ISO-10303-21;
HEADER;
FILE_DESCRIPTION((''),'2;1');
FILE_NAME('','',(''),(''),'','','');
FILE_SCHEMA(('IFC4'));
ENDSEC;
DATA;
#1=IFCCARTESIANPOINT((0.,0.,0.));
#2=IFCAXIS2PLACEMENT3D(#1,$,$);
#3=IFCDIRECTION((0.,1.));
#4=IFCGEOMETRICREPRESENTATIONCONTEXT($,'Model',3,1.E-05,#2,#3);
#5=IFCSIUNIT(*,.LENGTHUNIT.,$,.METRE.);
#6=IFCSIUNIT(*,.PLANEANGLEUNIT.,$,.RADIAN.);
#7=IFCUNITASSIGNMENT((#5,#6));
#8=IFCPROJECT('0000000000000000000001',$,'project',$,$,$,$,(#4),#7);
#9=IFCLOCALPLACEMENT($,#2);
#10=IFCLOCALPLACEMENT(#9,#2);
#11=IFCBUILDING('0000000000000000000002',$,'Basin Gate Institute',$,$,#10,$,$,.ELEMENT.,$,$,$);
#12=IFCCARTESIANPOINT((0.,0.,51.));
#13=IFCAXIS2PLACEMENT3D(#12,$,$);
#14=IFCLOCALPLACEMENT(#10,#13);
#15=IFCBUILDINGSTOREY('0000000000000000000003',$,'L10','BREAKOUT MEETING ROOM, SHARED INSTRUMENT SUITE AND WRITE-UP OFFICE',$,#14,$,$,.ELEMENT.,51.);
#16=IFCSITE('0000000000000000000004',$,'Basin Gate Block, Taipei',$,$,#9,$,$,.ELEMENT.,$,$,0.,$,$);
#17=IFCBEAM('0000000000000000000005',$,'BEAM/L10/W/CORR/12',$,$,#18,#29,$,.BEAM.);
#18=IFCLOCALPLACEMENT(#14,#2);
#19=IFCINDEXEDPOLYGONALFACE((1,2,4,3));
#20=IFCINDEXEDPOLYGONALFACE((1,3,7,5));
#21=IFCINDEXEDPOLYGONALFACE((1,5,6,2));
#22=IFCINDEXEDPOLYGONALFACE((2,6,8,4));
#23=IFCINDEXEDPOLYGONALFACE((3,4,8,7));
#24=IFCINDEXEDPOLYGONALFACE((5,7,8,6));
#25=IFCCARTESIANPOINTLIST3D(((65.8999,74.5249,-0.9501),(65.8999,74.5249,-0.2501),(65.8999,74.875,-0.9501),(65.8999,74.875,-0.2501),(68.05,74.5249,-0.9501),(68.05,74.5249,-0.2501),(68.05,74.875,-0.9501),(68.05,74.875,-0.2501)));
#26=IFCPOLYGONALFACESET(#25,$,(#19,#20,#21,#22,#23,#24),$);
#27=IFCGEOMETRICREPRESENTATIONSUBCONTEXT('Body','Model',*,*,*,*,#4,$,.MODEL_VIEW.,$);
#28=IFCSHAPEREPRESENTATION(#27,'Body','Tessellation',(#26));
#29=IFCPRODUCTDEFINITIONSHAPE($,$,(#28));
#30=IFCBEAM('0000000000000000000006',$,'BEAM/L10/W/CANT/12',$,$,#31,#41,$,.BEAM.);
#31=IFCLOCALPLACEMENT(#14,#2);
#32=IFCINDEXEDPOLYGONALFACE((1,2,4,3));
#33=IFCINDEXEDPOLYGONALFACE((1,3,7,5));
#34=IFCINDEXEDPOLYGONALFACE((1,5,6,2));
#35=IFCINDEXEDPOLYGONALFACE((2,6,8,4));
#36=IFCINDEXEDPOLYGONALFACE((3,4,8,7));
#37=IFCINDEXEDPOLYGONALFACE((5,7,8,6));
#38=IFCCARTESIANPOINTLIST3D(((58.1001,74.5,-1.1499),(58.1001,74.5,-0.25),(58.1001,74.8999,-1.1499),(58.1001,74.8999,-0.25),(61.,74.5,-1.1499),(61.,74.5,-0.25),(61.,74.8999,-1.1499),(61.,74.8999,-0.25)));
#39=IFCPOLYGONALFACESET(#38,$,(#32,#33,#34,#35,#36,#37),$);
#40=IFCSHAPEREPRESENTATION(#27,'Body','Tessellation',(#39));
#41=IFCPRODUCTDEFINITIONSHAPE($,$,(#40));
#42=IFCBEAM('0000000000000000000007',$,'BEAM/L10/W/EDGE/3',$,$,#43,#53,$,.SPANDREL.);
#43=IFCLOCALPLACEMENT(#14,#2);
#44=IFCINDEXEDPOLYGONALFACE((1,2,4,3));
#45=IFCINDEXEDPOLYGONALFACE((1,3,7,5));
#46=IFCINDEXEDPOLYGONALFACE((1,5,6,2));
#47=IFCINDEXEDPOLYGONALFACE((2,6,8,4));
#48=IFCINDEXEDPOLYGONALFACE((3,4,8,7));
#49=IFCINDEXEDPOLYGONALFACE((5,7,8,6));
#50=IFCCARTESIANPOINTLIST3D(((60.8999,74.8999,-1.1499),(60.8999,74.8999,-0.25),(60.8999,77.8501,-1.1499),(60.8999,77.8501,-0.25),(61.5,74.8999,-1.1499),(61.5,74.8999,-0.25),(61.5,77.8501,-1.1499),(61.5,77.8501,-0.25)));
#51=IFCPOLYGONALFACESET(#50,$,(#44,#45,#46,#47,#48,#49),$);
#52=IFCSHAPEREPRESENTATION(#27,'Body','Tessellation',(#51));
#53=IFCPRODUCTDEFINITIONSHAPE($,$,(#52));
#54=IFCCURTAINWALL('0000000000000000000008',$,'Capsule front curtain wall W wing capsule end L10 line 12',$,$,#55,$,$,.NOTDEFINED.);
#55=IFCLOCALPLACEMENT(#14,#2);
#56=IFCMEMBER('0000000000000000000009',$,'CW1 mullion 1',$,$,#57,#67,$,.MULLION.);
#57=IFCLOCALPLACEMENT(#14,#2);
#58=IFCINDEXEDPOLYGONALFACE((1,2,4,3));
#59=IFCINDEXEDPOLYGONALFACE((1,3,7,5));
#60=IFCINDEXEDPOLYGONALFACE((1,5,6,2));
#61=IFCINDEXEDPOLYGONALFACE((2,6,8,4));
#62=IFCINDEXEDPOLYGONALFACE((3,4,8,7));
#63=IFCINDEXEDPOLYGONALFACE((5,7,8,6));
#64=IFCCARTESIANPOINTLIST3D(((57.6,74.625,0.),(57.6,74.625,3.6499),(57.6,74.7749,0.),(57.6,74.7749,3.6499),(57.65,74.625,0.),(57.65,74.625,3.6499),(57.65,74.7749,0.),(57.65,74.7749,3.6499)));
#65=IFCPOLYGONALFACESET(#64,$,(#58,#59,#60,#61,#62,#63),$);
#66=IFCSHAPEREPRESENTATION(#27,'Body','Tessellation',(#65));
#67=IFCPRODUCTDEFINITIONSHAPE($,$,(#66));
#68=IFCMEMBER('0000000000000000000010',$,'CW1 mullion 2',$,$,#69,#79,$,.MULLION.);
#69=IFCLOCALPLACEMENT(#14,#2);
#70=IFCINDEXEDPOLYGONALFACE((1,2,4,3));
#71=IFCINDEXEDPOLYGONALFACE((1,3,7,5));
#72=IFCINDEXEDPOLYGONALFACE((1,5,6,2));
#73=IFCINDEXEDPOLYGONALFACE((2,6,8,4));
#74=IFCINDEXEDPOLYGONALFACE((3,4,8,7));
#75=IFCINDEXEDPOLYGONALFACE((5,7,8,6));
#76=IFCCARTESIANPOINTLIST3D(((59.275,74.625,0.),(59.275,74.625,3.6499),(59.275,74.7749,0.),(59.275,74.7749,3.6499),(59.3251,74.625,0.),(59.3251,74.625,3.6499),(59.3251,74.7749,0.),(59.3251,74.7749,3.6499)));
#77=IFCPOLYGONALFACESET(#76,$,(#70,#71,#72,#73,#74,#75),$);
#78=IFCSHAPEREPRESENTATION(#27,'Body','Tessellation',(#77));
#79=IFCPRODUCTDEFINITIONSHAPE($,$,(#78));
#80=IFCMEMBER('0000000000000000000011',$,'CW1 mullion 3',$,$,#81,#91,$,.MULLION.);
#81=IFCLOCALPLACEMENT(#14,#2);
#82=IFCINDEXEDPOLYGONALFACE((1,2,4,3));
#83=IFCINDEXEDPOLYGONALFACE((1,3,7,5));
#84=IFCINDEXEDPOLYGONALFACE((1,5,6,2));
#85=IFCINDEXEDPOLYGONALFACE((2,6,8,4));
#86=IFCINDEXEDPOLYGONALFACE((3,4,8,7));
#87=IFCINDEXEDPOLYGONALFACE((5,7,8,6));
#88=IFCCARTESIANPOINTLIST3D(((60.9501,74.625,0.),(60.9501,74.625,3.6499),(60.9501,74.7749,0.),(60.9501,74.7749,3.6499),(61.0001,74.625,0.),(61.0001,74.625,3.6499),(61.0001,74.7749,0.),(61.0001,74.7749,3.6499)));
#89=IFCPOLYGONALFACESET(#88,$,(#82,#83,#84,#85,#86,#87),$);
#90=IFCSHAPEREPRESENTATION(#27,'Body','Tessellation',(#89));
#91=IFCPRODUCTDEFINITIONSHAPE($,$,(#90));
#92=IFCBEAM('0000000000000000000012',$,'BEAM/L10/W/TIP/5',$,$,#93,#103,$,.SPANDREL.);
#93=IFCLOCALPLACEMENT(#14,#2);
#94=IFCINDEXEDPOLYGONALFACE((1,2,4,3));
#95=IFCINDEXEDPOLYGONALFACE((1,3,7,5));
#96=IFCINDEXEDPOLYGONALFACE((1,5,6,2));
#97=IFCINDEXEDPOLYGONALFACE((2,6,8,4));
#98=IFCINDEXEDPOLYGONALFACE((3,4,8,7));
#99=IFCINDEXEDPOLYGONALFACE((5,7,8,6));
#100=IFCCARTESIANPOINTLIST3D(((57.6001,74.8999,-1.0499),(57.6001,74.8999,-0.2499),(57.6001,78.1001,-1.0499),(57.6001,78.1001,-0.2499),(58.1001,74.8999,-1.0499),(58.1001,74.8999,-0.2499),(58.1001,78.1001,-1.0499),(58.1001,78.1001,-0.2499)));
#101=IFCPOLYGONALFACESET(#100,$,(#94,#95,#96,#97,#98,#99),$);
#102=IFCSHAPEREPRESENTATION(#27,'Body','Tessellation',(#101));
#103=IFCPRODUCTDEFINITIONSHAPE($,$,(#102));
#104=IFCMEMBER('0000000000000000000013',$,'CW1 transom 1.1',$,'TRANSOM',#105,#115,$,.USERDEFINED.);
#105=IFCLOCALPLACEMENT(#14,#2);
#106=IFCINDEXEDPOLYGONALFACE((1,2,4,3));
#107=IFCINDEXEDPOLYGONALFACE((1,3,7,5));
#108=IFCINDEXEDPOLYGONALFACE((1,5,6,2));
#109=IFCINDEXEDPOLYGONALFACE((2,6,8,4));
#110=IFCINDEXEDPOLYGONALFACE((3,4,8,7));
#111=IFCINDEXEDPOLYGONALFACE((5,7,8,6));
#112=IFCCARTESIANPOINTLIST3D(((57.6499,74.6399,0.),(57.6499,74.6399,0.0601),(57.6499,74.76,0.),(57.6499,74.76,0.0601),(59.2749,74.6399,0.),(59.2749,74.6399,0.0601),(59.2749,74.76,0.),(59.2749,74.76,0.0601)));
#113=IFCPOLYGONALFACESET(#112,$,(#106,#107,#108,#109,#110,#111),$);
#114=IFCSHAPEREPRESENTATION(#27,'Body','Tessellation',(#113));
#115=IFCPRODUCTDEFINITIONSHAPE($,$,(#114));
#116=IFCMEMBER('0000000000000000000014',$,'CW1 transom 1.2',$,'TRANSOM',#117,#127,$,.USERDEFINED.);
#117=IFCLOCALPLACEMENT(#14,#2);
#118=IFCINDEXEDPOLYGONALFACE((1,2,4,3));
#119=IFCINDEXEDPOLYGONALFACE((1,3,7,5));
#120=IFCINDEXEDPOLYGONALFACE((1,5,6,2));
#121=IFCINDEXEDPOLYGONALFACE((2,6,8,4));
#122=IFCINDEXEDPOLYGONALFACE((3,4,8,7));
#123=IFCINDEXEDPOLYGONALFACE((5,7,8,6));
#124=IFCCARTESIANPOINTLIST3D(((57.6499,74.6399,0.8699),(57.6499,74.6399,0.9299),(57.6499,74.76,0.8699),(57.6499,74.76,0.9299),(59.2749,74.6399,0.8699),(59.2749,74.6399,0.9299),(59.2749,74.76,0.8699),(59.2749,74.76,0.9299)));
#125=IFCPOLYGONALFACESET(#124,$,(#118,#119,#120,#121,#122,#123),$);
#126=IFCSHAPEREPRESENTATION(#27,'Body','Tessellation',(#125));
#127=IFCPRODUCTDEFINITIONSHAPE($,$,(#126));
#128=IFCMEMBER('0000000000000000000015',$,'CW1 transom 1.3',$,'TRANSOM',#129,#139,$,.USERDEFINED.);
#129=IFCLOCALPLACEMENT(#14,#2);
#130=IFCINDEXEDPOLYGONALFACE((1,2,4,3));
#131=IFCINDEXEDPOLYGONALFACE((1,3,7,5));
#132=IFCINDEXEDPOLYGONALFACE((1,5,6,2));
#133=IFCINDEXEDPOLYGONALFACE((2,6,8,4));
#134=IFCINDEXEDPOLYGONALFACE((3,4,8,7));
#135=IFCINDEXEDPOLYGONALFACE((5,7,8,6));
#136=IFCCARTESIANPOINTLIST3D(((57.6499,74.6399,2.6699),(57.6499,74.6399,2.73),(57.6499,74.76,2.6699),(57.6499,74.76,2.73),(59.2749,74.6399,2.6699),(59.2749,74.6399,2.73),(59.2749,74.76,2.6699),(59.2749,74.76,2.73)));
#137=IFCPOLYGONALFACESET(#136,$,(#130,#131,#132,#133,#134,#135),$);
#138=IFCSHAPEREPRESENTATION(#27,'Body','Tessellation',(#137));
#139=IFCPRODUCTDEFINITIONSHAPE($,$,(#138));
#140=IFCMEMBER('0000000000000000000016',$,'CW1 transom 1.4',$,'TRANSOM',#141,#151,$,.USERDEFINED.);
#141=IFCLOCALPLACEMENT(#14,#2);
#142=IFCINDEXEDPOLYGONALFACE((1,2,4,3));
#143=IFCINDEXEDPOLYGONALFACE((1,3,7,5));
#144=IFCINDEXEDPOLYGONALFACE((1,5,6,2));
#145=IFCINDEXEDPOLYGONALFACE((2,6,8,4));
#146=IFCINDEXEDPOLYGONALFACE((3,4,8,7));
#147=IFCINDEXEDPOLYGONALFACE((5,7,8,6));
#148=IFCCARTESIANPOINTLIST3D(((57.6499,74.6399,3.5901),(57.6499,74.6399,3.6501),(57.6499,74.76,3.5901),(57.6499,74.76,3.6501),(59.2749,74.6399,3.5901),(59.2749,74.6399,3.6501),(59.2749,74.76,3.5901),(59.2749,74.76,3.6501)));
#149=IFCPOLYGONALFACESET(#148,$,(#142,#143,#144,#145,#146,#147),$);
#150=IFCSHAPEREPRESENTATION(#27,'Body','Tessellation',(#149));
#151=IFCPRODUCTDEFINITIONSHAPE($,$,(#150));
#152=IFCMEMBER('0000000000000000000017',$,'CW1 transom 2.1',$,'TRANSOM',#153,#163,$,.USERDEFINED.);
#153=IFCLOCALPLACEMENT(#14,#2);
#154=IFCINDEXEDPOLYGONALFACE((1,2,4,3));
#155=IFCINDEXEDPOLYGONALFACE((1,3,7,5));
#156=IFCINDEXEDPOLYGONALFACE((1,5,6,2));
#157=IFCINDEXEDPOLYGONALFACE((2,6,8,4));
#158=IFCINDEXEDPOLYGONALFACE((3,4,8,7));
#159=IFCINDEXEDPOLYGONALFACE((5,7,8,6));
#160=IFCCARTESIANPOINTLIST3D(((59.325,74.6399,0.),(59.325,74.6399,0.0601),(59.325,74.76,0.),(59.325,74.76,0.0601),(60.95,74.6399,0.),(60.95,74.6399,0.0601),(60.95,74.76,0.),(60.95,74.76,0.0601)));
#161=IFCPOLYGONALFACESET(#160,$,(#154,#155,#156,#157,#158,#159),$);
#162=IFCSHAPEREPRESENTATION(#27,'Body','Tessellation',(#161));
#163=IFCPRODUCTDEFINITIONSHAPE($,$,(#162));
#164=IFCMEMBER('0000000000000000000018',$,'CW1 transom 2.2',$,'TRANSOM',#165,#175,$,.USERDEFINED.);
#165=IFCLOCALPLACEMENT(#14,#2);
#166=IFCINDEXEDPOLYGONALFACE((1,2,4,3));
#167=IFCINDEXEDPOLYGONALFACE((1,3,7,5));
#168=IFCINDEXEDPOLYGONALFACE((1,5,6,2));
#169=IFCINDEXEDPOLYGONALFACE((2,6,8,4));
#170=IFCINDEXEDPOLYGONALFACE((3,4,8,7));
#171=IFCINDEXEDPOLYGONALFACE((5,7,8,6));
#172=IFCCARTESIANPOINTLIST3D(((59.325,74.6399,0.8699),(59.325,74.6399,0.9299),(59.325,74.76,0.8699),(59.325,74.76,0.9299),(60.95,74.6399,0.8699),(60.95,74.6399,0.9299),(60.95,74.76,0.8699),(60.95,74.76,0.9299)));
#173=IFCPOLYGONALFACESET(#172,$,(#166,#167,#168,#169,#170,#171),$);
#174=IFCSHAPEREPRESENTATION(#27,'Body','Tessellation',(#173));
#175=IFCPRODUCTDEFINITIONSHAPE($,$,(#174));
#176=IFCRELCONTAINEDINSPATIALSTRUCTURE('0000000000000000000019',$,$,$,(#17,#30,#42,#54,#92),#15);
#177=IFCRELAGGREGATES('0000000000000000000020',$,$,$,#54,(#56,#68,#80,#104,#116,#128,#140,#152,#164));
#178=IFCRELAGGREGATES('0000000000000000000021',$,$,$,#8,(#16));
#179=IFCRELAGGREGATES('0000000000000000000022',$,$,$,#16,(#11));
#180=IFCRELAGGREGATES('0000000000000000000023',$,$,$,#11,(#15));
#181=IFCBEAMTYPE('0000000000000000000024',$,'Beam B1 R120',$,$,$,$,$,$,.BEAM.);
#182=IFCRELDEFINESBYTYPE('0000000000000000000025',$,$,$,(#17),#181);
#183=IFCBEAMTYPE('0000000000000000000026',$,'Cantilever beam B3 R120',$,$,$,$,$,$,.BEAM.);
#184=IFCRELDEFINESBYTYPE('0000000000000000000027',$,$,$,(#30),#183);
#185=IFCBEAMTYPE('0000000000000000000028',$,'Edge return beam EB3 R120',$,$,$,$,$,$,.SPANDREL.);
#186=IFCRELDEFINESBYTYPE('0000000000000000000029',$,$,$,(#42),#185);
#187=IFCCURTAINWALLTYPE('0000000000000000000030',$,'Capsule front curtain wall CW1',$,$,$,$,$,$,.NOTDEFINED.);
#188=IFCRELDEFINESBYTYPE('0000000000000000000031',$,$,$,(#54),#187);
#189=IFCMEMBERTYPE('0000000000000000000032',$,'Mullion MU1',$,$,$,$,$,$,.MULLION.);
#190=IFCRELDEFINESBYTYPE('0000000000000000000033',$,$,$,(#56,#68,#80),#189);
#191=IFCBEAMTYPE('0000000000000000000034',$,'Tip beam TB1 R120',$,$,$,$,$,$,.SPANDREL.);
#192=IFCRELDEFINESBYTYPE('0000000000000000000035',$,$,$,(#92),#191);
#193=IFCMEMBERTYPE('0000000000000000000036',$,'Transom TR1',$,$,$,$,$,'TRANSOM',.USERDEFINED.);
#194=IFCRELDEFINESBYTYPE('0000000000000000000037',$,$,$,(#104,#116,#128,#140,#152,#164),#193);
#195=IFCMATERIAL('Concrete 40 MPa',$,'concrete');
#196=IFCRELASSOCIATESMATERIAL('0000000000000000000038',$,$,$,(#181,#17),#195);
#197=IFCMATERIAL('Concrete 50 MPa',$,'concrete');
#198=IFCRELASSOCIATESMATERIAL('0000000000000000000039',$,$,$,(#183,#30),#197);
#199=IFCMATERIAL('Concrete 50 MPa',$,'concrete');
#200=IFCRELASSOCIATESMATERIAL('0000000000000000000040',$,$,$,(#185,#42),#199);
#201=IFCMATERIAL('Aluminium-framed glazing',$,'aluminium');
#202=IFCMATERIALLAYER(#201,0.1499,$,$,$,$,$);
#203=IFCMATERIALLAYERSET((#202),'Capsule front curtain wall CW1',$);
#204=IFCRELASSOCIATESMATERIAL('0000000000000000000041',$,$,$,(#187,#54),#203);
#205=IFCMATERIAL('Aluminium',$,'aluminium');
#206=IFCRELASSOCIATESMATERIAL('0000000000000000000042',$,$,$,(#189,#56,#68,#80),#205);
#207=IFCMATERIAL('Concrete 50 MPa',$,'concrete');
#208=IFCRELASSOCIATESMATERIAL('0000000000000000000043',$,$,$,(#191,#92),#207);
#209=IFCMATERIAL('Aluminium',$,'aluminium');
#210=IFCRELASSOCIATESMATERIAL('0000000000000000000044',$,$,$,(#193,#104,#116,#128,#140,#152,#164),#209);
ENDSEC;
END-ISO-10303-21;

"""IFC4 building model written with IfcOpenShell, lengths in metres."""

from ifc_helpers import new_model, si_unit, direction, frame, origin, origin_2d, place, context, subcontext, project, spatial, rectangle, extrude, material, layer, layer_set, material_profile, profile_set, type_object, element, aggregate, save


model = new_model("IFC4")

# Units and contexts
model_context = context("Model", 3, precision=1e-05, world=origin(), true_north=direction((0.0, 1.0)))
body_context = subcontext(model_context, "Body", "Model", "MODEL_VIEW")
ifc_project = project(units=[si_unit("LENGTHUNIT", "METRE"), si_unit("PLANEANGLEUNIT", "RADIAN")], contexts=[model_context])

# Site, building, storey
site_placement = place(None, origin())
site = spatial("IfcSite", under=ifc_project, at=site_placement, Name="Basin Gate Block, Taipei", CompositionType="ELEMENT", RefElevation=0.0)
building_placement = place(site_placement, origin())
building = spatial("IfcBuilding", under=site, at=building_placement, Name="Basin Gate Institute", CompositionType="ELEMENT")
storey_placement = place(building_placement, frame((0.0, 0.0, 51.0)))
storey = spatial("IfcBuildingStorey", under=building, at=storey_placement, Name="L10", Description="BREAKOUT MEETING ROOM, SHARED INSTRUMENT SUITE AND WRITE-UP OFFICE", CompositionType="ELEMENT", Elevation=51.0)

# Beams
ifc_material_1 = material(Name="Concrete 40 MPa", Category="concrete")
ifc_material_profile_1 = material_profile(ifc_material_1, rectangle(XDim=0.3501, YDim=0.7, at=origin_2d()), Name="Beam B1 350 x 700")
ifc_profile_set_1 = profile_set([ifc_material_profile_1], Name="Concrete 40 MPa")
beam_type_1 = type_object("IfcBeamType", Name="Beam B1 R120", PredefinedType="BEAM", material=ifc_profile_set_1)
beam_1_placement = place(storey_placement, frame((65.8999, 74.7, -0.6001), z_axis=(1.0, 0.0, 0.0), x_axis=(0.0, 1.0, 0.0)))
element("IfcBeam", 1, at=beam_1_placement, inside=storey, type_object=beam_type_1, material=ifc_profile_set_1, Name="BEAM/L10/W/CORR/12", PredefinedType="BEAM", context=body_context, shape_type="SweptSolid", body=[
    extrude(rectangle(XDim=0.3501, YDim=0.7, at=origin_2d()), origin(), (0.0, 0.0, 1.0), 2.1501),
])
ifc_material_2 = material(Name="Concrete 50 MPa", Category="concrete")
ifc_material_profile_2 = material_profile(ifc_material_2, rectangle(XDim=0.3999, YDim=0.8999, at=origin_2d()), Name="Cantilever beam B3 400 x 900")
ifc_profile_set_2 = profile_set([ifc_material_profile_2], Name="Concrete 50 MPa")
beam_type_2 = type_object("IfcBeamType", Name="Cantilever beam B3 R120", PredefinedType="BEAM", material=ifc_profile_set_2)
beam_2_placement = place(storey_placement, frame((58.1001, 74.7, -0.7), z_axis=(1.0, 0.0, 0.0), x_axis=(0.0, 1.0, 0.0)))
element("IfcBeam", 2, at=beam_2_placement, inside=storey, type_object=beam_type_2, material=ifc_profile_set_2, Name="BEAM/L10/W/CANT/12", PredefinedType="BEAM", context=body_context, shape_type="SweptSolid", body=[
    extrude(rectangle(XDim=0.3999, YDim=0.8999, at=origin_2d()), origin(), (0.0, 0.0, 1.0), 2.8999),
])
ifc_material_3 = material(Name="Concrete 50 MPa", Category="concrete")
ifc_material_profile_3 = material_profile(ifc_material_3, rectangle(XDim=0.6001, YDim=0.8999, at=origin_2d()), Name="Edge return beam EB3 600 x 900")
ifc_profile_set_3 = profile_set([ifc_material_profile_3], Name="Concrete 50 MPa")
beam_type_3 = type_object("IfcBeamType", Name="Edge return beam EB3 R120", PredefinedType="SPANDREL", material=ifc_profile_set_3)
beam_3_placement = place(storey_placement, frame((61.2, 74.8999, -0.7), z_axis=(0.0, 1.0, 0.0), x_axis=(-1.0, 0.0, 0.0)))
element("IfcBeam", 3, at=beam_3_placement, inside=storey, type_object=beam_type_3, material=ifc_profile_set_3, Name="BEAM/L10/W/EDGE/3", PredefinedType="SPANDREL", context=body_context, shape_type="SweptSolid", body=[
    extrude(rectangle(XDim=0.6001, YDim=0.8999, at=origin_2d()), origin(), (0.0, 0.0, 1.0), 2.9502),
])

# Curtain wall, members
ifc_material_4 = material(Name="Aluminium-framed glazing", Category="aluminium")
ifc_layer_1 = layer(ifc_material_4, 0.1499)
ifc_layer_set_1 = layer_set([ifc_layer_1], Name="Capsule front curtain wall CW1")
curtain_wall_type = type_object("IfcCurtainWallType", Name="Capsule front curtain wall CW1", PredefinedType="NOTDEFINED", material=ifc_layer_set_1)
curtain_wall_placement = place(storey_placement, origin())
curtain_wall = element("IfcCurtainWall", 4, at=curtain_wall_placement, inside=storey, type_object=curtain_wall_type, material=ifc_layer_set_1, Name="Capsule front curtain wall W wing capsule end L10 line 12", PredefinedType="NOTDEFINED")
ifc_material_5 = material(Name="Aluminium", Category="aluminium")
ifc_material_profile_4 = material_profile(ifc_material_5, rectangle(XDim=0.1499, YDim=0.05, at=origin_2d()), Name="Mullion MU1 150 x 50")
ifc_profile_set_4 = profile_set([ifc_material_profile_4], Name="Aluminium")
member_type_1 = type_object("IfcMemberType", Name="Mullion MU1", PredefinedType="MULLION", material=ifc_profile_set_4)
member_1_placement = place(storey_placement, frame((57.625, 74.7, 0.0), z_axis=(0.0, 0.0, 1.0), x_axis=(0.0, 1.0, 0.0)))
member_1 = element("IfcMember", 5, at=member_1_placement, type_object=member_type_1, material=ifc_profile_set_4, Name="CW1 mullion 1", PredefinedType="MULLION", context=body_context, shape_type="SweptSolid", body=[
    extrude(rectangle(XDim=0.1499, YDim=0.05, at=origin_2d()), origin(), (0.0, 0.0, 1.0), 3.6499),
])
member_2_placement = place(storey_placement, frame((59.3, 74.7, 0.0), z_axis=(0.0, 0.0, 1.0), x_axis=(0.0, 1.0, 0.0)))
member_2 = element("IfcMember", 6, at=member_2_placement, type_object=member_type_1, material=ifc_profile_set_4, Name="CW1 mullion 2", PredefinedType="MULLION", context=body_context, shape_type="SweptSolid", body=[
    extrude(rectangle(XDim=0.1499, YDim=0.05, at=origin_2d()), origin(), (0.0, 0.0, 1.0), 3.6499),
])
member_3_placement = place(storey_placement, frame((60.9751, 74.7, 0.0), z_axis=(0.0, 0.0, 1.0), x_axis=(0.0, 1.0, 0.0)))
member_3 = element("IfcMember", 7, at=member_3_placement, type_object=member_type_1, material=ifc_profile_set_4, Name="CW1 mullion 3", PredefinedType="MULLION", context=body_context, shape_type="SweptSolid", body=[
    extrude(rectangle(XDim=0.1499, YDim=0.05, at=origin_2d()), origin(), (0.0, 0.0, 1.0), 3.6499),
])

# Beam
ifc_material_6 = material(Name="Concrete 50 MPa", Category="concrete")
ifc_material_profile_5 = material_profile(ifc_material_6, rectangle(XDim=0.5, YDim=0.8, at=origin_2d()), Name="Tip beam TB1 500 x 800")
ifc_profile_set_5 = profile_set([ifc_material_profile_5], Name="Concrete 50 MPa")
beam_type_4 = type_object("IfcBeamType", Name="Tip beam TB1 R120", PredefinedType="SPANDREL", material=ifc_profile_set_5)
beam_4_placement = place(storey_placement, frame((57.8501, 74.8999, -0.6499), z_axis=(0.0, 1.0, 0.0), x_axis=(-1.0, 0.0, 0.0)))
element("IfcBeam", 8, at=beam_4_placement, inside=storey, type_object=beam_type_4, material=ifc_profile_set_5, Name="BEAM/L10/W/TIP/5", PredefinedType="SPANDREL", context=body_context, shape_type="SweptSolid", body=[
    extrude(rectangle(XDim=0.5, YDim=0.8, at=origin_2d()), origin(), (0.0, 0.0, 1.0), 3.2002),
])

# Members
ifc_material_7 = material(Name="Aluminium", Category="aluminium")
ifc_material_profile_6 = material_profile(ifc_material_7, rectangle(XDim=0.1201, YDim=0.0601, at=origin_2d()), Name="Transom TR1 120 x 60")
ifc_profile_set_6 = profile_set([ifc_material_profile_6], Name="Aluminium")
member_type_2 = type_object("IfcMemberType", Name="Transom TR1", ElementType="TRANSOM", PredefinedType="USERDEFINED", material=ifc_profile_set_6)
member_4_placement = place(storey_placement, frame((57.6499, 74.7, 0.03), z_axis=(1.0, 0.0, 0.0), x_axis=(0.0, 1.0, 0.0)))
member_4 = element("IfcMember", 9, at=member_4_placement, type_object=member_type_2, material=ifc_profile_set_6, Name="CW1 transom 1.1", ObjectType="TRANSOM", PredefinedType="USERDEFINED", context=body_context, shape_type="SweptSolid", body=[
    extrude(rectangle(XDim=0.1201, YDim=0.0601, at=origin_2d()), origin(), (0.0, 0.0, 1.0), 1.625),
])
member_5_placement = place(storey_placement, frame((57.6499, 74.7, 0.8999), z_axis=(1.0, 0.0, 0.0), x_axis=(0.0, 1.0, 0.0)))
member_5 = element("IfcMember", 10, at=member_5_placement, type_object=member_type_2, material=ifc_profile_set_6, Name="CW1 transom 1.2", ObjectType="TRANSOM", PredefinedType="USERDEFINED", context=body_context, shape_type="SweptSolid", body=[
    extrude(rectangle(XDim=0.1201, YDim=0.0601, at=origin_2d()), origin(), (0.0, 0.0, 1.0), 1.625),
])
member_6_placement = place(storey_placement, frame((57.6499, 74.7, 2.7), z_axis=(1.0, 0.0, 0.0), x_axis=(0.0, 1.0, 0.0)))
member_6 = element("IfcMember", 11, at=member_6_placement, type_object=member_type_2, material=ifc_profile_set_6, Name="CW1 transom 1.3", ObjectType="TRANSOM", PredefinedType="USERDEFINED", context=body_context, shape_type="SweptSolid", body=[
    extrude(rectangle(XDim=0.1201, YDim=0.0601, at=origin_2d()), origin(), (0.0, 0.0, 1.0), 1.625),
])
member_7_placement = place(storey_placement, frame((57.6499, 74.7, 3.6201), z_axis=(1.0, 0.0, 0.0), x_axis=(0.0, 1.0, 0.0)))
member_7 = element("IfcMember", 12, at=member_7_placement, type_object=member_type_2, material=ifc_profile_set_6, Name="CW1 transom 1.4", ObjectType="TRANSOM", PredefinedType="USERDEFINED", context=body_context, shape_type="SweptSolid", body=[
    extrude(rectangle(XDim=0.1201, YDim=0.0601, at=origin_2d()), origin(), (0.0, 0.0, 1.0), 1.625),
])
member_8_placement = place(storey_placement, frame((59.325, 74.7, 0.03), z_axis=(1.0, 0.0, 0.0), x_axis=(0.0, 1.0, 0.0)))
member_8 = element("IfcMember", 13, at=member_8_placement, type_object=member_type_2, material=ifc_profile_set_6, Name="CW1 transom 2.1", ObjectType="TRANSOM", PredefinedType="USERDEFINED", context=body_context, shape_type="SweptSolid", body=[
    extrude(rectangle(XDim=0.1201, YDim=0.0601, at=origin_2d()), origin(), (0.0, 0.0, 1.0), 1.625),
])
member_9_placement = place(storey_placement, frame((59.325, 74.7, 0.8999), z_axis=(1.0, 0.0, 0.0), x_axis=(0.0, 1.0, 0.0)))
member_9 = element("IfcMember", 14, at=member_9_placement, type_object=member_type_2, material=ifc_profile_set_6, Name="CW1 transom 2.2", ObjectType="TRANSOM", PredefinedType="USERDEFINED", context=body_context, shape_type="SweptSolid", body=[
    extrude(rectangle(XDim=0.1201, YDim=0.0601, at=origin_2d()), origin(), (0.0, 0.0, 1.0), 1.625),
])

aggregate(curtain_wall, [member_1, member_2, member_3, member_4, member_5, member_6, member_7, member_8, member_9])

save(model, "model.ifc")
